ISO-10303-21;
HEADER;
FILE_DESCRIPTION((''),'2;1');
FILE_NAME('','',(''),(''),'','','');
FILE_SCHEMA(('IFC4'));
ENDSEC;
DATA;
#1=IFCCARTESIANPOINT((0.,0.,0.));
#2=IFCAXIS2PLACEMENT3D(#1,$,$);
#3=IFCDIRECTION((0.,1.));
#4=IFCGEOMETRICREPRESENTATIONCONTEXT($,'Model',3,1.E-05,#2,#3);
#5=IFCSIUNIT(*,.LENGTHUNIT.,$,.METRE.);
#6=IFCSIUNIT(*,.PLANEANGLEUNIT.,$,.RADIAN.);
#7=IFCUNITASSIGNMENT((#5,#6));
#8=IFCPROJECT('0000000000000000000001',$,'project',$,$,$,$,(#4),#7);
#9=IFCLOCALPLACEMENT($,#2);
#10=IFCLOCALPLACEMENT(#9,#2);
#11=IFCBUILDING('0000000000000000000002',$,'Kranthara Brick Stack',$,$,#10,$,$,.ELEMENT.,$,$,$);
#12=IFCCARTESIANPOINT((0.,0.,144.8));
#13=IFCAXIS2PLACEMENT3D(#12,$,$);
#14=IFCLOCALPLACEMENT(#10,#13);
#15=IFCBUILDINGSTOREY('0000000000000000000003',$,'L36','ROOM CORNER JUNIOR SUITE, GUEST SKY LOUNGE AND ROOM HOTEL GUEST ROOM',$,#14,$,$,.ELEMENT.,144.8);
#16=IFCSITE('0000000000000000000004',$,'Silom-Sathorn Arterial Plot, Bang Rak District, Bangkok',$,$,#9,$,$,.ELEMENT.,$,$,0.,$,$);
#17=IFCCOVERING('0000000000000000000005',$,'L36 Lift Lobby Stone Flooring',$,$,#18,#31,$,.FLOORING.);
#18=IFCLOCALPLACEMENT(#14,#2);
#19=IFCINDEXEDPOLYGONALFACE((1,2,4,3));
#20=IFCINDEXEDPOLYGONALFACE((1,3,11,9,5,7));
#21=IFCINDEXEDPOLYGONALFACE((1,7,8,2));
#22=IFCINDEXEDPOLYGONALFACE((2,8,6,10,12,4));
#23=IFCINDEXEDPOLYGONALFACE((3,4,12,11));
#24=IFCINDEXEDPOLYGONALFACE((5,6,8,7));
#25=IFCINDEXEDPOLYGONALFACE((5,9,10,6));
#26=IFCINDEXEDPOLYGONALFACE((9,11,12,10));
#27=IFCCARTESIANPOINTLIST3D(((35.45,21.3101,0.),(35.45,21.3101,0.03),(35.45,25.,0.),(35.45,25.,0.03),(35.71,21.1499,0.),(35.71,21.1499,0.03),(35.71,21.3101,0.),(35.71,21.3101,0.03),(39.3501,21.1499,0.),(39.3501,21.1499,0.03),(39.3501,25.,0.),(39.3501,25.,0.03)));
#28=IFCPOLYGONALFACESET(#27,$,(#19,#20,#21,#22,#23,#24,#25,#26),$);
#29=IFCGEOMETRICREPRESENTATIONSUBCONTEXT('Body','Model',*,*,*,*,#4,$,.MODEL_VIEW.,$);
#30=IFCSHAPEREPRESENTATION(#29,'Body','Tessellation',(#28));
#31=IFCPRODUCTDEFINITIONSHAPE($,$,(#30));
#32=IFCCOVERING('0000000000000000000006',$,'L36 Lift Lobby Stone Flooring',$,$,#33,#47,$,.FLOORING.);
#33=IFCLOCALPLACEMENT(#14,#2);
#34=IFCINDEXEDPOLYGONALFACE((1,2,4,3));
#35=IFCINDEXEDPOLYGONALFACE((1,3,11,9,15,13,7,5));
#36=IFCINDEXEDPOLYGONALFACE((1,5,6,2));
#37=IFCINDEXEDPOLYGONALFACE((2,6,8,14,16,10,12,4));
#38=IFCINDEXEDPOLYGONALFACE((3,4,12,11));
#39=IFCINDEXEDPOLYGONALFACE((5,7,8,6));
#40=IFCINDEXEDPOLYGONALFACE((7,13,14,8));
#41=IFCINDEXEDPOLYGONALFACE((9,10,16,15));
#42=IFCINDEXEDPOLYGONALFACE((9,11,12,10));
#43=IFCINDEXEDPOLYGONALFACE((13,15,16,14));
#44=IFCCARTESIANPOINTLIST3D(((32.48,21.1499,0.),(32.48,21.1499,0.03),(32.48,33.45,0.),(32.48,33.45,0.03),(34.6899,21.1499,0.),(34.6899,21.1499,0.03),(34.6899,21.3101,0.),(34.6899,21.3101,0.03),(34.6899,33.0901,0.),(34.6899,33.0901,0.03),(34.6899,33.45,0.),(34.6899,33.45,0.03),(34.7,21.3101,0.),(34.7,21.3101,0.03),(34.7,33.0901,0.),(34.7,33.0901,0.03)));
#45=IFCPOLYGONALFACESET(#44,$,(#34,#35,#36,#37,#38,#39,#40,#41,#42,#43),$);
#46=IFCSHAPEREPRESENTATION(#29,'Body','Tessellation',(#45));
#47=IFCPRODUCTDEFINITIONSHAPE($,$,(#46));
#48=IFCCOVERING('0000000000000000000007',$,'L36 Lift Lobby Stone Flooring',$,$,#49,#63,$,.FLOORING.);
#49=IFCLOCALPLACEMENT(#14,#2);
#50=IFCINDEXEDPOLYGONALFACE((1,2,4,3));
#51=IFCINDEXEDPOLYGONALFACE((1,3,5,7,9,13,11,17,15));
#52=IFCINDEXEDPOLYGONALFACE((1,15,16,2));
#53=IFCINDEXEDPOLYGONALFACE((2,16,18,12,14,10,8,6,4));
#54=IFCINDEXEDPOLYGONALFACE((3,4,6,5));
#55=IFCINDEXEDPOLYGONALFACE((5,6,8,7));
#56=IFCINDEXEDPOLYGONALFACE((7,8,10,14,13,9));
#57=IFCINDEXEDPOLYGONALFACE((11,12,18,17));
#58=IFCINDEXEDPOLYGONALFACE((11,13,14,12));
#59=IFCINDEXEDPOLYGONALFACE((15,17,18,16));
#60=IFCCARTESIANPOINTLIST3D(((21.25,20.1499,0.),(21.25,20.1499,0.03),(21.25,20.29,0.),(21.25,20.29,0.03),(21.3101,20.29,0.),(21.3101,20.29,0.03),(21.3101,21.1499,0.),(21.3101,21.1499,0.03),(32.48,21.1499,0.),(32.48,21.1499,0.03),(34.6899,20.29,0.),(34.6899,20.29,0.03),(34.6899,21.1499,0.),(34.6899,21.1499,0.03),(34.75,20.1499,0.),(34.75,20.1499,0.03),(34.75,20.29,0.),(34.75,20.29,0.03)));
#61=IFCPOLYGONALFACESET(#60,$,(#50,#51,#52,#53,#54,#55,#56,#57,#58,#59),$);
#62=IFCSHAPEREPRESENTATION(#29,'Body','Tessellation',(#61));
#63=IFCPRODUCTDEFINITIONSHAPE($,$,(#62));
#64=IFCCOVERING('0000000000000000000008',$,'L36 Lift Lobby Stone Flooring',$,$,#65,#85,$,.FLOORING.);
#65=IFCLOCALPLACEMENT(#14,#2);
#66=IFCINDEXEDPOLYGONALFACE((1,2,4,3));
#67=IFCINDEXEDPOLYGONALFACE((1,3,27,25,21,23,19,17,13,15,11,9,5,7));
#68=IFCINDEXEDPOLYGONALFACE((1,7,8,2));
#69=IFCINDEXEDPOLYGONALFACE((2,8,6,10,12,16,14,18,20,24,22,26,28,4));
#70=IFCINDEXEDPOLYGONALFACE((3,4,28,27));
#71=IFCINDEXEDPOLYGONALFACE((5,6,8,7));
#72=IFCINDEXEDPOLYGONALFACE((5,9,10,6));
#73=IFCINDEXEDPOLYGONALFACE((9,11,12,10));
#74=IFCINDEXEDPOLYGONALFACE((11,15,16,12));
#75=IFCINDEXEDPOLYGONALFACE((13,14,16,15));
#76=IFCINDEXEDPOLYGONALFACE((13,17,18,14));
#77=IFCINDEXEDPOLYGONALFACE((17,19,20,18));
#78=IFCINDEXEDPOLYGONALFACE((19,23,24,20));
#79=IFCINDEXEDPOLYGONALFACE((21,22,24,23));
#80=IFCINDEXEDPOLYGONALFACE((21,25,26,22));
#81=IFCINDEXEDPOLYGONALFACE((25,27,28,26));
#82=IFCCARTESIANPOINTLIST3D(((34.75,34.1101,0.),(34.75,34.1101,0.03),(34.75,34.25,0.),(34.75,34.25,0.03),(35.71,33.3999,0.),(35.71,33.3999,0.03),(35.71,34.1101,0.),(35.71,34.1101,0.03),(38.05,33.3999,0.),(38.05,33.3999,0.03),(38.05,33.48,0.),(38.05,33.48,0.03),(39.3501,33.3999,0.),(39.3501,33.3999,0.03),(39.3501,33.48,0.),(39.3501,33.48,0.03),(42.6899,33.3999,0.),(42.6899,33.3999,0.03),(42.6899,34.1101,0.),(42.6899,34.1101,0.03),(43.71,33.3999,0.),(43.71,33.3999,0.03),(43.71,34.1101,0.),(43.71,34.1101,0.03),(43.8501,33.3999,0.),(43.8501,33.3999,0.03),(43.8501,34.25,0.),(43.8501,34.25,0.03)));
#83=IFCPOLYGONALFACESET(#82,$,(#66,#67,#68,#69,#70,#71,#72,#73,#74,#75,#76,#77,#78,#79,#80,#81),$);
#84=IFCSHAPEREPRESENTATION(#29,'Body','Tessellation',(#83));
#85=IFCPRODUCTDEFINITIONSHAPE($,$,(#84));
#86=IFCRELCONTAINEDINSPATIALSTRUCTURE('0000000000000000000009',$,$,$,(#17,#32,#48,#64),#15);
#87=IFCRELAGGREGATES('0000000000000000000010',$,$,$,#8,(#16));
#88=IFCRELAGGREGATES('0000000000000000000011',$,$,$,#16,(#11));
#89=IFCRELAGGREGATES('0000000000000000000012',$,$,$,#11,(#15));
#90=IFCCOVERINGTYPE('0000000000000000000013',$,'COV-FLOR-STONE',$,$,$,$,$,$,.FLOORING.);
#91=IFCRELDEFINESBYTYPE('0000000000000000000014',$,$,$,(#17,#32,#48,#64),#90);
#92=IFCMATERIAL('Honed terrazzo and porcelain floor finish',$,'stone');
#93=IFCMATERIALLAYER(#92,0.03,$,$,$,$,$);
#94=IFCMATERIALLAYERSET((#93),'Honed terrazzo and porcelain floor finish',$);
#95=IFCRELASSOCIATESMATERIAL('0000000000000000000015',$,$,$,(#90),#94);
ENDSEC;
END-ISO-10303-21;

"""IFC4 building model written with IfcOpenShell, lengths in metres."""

from ifc_helpers import new_model, si_unit, direction, frame, origin, place, context, subcontext, project, spatial, polyline, outline, extrude, material, layer, layer_set, type_object, element, save


model = new_model("IFC4")

# Units and contexts
model_context = context("Model", 3, precision=1e-05, world=origin(), true_north=direction((0.0, 1.0)))
body_context = subcontext(model_context, "Body", "Model", "MODEL_VIEW")
ifc_project = project(units=[si_unit("LENGTHUNIT", "METRE"), si_unit("PLANEANGLEUNIT", "RADIAN")], contexts=[model_context])

# Site, building, storey
site_placement = place(None, origin())
site = spatial("IfcSite", under=ifc_project, at=site_placement, Name="Silom-Sathorn Arterial Plot, Bang Rak District, Bangkok", CompositionType="ELEMENT", RefElevation=0.0)
building_placement = place(site_placement, origin())
building = spatial("IfcBuilding", under=site, at=building_placement, Name="Kranthara Brick Stack", CompositionType="ELEMENT")
storey_placement = place(building_placement, frame((0.0, 0.0, 144.8)))
storey = spatial("IfcBuildingStorey", under=building, at=storey_placement, Name="L36", Description="ROOM CORNER JUNIOR SUITE, GUEST SKY LOUNGE AND ROOM HOTEL GUEST ROOM", CompositionType="ELEMENT", Elevation=144.8)

# Coverings
ifc_material_1 = material(Name="Honed terrazzo and porcelain floor finish", Category="stone")
ifc_layer_1 = layer(ifc_material_1, 0.03)
ifc_layer_set_1 = layer_set([ifc_layer_1], Name="Honed terrazzo and porcelain floor finish")
covering_type_1 = type_object("IfcCoveringType", Name="COV-FLOR-STONE", PredefinedType="FLOORING", material=ifc_layer_set_1)
covering_1_placement = place(storey_placement, origin())
element("IfcCovering", 1, at=covering_1_placement, inside=storey, type_object=covering_type_1, Name="L36 Lift Lobby Stone Flooring", PredefinedType="FLOORING", context=body_context, shape_type="SweptSolid", body=[
    extrude(outline(polyline([(35.45, 25.0), (39.3501, 25.0), (39.3501, 21.1499), (35.71, 21.1499), (35.71, 21.3101), (35.45, 21.3101), (35.45, 25.0)])), origin(), (0.0, 0.0, 1.0), 0.03),
])
covering_2_placement = place(storey_placement, origin())
element("IfcCovering", 2, at=covering_2_placement, inside=storey, type_object=covering_type_1, Name="L36 Lift Lobby Stone Flooring", PredefinedType="FLOORING", context=body_context, shape_type="SweptSolid", body=[
    extrude(outline(polyline([(32.48, 33.45), (34.6899, 33.45), (34.6899, 33.0901), (34.7, 33.0901), (34.7, 21.3101), (34.6899, 21.3101), (34.6899, 21.1499), (32.48, 21.1499), (32.48, 33.45)])), origin(), (0.0, 0.0, 1.0), 0.03),
])
covering_3_placement = place(storey_placement, origin())
element("IfcCovering", 3, at=covering_3_placement, inside=storey, type_object=covering_type_1, Name="L36 Lift Lobby Stone Flooring", PredefinedType="FLOORING", context=body_context, shape_type="SweptSolid", body=[
    extrude(outline(polyline([(21.25, 20.29), (21.3101, 20.29), (21.3101, 21.1499), (32.48, 21.1499), (34.6899, 21.1499), (34.6899, 20.29), (34.75, 20.29), (34.75, 20.1499), (21.25, 20.1499), (21.25, 20.29)])), origin(), (0.0, 0.0, 1.0), 0.03),
])
covering_4_placement = place(storey_placement, origin())
element("IfcCovering", 4, at=covering_4_placement, inside=storey, type_object=covering_type_1, Name="L36 Lift Lobby Stone Flooring", PredefinedType="FLOORING", context=body_context, shape_type="SweptSolid", body=[
    extrude(outline(polyline([(43.71, 33.3999), (43.71, 34.1101), (42.6899, 34.1101), (42.6899, 33.3999), (39.3501, 33.3999), (39.3501, 33.48), (38.05, 33.48), (38.05, 33.3999), (35.71, 33.3999), (35.71, 34.1101), (34.75, 34.1101), (34.75, 34.25), (43.8501, 34.25), (43.8501, 33.3999), (43.71, 33.3999)])), origin(), (0.0, 0.0, 1.0), 0.03),
])

save(model, "model.ifc")
